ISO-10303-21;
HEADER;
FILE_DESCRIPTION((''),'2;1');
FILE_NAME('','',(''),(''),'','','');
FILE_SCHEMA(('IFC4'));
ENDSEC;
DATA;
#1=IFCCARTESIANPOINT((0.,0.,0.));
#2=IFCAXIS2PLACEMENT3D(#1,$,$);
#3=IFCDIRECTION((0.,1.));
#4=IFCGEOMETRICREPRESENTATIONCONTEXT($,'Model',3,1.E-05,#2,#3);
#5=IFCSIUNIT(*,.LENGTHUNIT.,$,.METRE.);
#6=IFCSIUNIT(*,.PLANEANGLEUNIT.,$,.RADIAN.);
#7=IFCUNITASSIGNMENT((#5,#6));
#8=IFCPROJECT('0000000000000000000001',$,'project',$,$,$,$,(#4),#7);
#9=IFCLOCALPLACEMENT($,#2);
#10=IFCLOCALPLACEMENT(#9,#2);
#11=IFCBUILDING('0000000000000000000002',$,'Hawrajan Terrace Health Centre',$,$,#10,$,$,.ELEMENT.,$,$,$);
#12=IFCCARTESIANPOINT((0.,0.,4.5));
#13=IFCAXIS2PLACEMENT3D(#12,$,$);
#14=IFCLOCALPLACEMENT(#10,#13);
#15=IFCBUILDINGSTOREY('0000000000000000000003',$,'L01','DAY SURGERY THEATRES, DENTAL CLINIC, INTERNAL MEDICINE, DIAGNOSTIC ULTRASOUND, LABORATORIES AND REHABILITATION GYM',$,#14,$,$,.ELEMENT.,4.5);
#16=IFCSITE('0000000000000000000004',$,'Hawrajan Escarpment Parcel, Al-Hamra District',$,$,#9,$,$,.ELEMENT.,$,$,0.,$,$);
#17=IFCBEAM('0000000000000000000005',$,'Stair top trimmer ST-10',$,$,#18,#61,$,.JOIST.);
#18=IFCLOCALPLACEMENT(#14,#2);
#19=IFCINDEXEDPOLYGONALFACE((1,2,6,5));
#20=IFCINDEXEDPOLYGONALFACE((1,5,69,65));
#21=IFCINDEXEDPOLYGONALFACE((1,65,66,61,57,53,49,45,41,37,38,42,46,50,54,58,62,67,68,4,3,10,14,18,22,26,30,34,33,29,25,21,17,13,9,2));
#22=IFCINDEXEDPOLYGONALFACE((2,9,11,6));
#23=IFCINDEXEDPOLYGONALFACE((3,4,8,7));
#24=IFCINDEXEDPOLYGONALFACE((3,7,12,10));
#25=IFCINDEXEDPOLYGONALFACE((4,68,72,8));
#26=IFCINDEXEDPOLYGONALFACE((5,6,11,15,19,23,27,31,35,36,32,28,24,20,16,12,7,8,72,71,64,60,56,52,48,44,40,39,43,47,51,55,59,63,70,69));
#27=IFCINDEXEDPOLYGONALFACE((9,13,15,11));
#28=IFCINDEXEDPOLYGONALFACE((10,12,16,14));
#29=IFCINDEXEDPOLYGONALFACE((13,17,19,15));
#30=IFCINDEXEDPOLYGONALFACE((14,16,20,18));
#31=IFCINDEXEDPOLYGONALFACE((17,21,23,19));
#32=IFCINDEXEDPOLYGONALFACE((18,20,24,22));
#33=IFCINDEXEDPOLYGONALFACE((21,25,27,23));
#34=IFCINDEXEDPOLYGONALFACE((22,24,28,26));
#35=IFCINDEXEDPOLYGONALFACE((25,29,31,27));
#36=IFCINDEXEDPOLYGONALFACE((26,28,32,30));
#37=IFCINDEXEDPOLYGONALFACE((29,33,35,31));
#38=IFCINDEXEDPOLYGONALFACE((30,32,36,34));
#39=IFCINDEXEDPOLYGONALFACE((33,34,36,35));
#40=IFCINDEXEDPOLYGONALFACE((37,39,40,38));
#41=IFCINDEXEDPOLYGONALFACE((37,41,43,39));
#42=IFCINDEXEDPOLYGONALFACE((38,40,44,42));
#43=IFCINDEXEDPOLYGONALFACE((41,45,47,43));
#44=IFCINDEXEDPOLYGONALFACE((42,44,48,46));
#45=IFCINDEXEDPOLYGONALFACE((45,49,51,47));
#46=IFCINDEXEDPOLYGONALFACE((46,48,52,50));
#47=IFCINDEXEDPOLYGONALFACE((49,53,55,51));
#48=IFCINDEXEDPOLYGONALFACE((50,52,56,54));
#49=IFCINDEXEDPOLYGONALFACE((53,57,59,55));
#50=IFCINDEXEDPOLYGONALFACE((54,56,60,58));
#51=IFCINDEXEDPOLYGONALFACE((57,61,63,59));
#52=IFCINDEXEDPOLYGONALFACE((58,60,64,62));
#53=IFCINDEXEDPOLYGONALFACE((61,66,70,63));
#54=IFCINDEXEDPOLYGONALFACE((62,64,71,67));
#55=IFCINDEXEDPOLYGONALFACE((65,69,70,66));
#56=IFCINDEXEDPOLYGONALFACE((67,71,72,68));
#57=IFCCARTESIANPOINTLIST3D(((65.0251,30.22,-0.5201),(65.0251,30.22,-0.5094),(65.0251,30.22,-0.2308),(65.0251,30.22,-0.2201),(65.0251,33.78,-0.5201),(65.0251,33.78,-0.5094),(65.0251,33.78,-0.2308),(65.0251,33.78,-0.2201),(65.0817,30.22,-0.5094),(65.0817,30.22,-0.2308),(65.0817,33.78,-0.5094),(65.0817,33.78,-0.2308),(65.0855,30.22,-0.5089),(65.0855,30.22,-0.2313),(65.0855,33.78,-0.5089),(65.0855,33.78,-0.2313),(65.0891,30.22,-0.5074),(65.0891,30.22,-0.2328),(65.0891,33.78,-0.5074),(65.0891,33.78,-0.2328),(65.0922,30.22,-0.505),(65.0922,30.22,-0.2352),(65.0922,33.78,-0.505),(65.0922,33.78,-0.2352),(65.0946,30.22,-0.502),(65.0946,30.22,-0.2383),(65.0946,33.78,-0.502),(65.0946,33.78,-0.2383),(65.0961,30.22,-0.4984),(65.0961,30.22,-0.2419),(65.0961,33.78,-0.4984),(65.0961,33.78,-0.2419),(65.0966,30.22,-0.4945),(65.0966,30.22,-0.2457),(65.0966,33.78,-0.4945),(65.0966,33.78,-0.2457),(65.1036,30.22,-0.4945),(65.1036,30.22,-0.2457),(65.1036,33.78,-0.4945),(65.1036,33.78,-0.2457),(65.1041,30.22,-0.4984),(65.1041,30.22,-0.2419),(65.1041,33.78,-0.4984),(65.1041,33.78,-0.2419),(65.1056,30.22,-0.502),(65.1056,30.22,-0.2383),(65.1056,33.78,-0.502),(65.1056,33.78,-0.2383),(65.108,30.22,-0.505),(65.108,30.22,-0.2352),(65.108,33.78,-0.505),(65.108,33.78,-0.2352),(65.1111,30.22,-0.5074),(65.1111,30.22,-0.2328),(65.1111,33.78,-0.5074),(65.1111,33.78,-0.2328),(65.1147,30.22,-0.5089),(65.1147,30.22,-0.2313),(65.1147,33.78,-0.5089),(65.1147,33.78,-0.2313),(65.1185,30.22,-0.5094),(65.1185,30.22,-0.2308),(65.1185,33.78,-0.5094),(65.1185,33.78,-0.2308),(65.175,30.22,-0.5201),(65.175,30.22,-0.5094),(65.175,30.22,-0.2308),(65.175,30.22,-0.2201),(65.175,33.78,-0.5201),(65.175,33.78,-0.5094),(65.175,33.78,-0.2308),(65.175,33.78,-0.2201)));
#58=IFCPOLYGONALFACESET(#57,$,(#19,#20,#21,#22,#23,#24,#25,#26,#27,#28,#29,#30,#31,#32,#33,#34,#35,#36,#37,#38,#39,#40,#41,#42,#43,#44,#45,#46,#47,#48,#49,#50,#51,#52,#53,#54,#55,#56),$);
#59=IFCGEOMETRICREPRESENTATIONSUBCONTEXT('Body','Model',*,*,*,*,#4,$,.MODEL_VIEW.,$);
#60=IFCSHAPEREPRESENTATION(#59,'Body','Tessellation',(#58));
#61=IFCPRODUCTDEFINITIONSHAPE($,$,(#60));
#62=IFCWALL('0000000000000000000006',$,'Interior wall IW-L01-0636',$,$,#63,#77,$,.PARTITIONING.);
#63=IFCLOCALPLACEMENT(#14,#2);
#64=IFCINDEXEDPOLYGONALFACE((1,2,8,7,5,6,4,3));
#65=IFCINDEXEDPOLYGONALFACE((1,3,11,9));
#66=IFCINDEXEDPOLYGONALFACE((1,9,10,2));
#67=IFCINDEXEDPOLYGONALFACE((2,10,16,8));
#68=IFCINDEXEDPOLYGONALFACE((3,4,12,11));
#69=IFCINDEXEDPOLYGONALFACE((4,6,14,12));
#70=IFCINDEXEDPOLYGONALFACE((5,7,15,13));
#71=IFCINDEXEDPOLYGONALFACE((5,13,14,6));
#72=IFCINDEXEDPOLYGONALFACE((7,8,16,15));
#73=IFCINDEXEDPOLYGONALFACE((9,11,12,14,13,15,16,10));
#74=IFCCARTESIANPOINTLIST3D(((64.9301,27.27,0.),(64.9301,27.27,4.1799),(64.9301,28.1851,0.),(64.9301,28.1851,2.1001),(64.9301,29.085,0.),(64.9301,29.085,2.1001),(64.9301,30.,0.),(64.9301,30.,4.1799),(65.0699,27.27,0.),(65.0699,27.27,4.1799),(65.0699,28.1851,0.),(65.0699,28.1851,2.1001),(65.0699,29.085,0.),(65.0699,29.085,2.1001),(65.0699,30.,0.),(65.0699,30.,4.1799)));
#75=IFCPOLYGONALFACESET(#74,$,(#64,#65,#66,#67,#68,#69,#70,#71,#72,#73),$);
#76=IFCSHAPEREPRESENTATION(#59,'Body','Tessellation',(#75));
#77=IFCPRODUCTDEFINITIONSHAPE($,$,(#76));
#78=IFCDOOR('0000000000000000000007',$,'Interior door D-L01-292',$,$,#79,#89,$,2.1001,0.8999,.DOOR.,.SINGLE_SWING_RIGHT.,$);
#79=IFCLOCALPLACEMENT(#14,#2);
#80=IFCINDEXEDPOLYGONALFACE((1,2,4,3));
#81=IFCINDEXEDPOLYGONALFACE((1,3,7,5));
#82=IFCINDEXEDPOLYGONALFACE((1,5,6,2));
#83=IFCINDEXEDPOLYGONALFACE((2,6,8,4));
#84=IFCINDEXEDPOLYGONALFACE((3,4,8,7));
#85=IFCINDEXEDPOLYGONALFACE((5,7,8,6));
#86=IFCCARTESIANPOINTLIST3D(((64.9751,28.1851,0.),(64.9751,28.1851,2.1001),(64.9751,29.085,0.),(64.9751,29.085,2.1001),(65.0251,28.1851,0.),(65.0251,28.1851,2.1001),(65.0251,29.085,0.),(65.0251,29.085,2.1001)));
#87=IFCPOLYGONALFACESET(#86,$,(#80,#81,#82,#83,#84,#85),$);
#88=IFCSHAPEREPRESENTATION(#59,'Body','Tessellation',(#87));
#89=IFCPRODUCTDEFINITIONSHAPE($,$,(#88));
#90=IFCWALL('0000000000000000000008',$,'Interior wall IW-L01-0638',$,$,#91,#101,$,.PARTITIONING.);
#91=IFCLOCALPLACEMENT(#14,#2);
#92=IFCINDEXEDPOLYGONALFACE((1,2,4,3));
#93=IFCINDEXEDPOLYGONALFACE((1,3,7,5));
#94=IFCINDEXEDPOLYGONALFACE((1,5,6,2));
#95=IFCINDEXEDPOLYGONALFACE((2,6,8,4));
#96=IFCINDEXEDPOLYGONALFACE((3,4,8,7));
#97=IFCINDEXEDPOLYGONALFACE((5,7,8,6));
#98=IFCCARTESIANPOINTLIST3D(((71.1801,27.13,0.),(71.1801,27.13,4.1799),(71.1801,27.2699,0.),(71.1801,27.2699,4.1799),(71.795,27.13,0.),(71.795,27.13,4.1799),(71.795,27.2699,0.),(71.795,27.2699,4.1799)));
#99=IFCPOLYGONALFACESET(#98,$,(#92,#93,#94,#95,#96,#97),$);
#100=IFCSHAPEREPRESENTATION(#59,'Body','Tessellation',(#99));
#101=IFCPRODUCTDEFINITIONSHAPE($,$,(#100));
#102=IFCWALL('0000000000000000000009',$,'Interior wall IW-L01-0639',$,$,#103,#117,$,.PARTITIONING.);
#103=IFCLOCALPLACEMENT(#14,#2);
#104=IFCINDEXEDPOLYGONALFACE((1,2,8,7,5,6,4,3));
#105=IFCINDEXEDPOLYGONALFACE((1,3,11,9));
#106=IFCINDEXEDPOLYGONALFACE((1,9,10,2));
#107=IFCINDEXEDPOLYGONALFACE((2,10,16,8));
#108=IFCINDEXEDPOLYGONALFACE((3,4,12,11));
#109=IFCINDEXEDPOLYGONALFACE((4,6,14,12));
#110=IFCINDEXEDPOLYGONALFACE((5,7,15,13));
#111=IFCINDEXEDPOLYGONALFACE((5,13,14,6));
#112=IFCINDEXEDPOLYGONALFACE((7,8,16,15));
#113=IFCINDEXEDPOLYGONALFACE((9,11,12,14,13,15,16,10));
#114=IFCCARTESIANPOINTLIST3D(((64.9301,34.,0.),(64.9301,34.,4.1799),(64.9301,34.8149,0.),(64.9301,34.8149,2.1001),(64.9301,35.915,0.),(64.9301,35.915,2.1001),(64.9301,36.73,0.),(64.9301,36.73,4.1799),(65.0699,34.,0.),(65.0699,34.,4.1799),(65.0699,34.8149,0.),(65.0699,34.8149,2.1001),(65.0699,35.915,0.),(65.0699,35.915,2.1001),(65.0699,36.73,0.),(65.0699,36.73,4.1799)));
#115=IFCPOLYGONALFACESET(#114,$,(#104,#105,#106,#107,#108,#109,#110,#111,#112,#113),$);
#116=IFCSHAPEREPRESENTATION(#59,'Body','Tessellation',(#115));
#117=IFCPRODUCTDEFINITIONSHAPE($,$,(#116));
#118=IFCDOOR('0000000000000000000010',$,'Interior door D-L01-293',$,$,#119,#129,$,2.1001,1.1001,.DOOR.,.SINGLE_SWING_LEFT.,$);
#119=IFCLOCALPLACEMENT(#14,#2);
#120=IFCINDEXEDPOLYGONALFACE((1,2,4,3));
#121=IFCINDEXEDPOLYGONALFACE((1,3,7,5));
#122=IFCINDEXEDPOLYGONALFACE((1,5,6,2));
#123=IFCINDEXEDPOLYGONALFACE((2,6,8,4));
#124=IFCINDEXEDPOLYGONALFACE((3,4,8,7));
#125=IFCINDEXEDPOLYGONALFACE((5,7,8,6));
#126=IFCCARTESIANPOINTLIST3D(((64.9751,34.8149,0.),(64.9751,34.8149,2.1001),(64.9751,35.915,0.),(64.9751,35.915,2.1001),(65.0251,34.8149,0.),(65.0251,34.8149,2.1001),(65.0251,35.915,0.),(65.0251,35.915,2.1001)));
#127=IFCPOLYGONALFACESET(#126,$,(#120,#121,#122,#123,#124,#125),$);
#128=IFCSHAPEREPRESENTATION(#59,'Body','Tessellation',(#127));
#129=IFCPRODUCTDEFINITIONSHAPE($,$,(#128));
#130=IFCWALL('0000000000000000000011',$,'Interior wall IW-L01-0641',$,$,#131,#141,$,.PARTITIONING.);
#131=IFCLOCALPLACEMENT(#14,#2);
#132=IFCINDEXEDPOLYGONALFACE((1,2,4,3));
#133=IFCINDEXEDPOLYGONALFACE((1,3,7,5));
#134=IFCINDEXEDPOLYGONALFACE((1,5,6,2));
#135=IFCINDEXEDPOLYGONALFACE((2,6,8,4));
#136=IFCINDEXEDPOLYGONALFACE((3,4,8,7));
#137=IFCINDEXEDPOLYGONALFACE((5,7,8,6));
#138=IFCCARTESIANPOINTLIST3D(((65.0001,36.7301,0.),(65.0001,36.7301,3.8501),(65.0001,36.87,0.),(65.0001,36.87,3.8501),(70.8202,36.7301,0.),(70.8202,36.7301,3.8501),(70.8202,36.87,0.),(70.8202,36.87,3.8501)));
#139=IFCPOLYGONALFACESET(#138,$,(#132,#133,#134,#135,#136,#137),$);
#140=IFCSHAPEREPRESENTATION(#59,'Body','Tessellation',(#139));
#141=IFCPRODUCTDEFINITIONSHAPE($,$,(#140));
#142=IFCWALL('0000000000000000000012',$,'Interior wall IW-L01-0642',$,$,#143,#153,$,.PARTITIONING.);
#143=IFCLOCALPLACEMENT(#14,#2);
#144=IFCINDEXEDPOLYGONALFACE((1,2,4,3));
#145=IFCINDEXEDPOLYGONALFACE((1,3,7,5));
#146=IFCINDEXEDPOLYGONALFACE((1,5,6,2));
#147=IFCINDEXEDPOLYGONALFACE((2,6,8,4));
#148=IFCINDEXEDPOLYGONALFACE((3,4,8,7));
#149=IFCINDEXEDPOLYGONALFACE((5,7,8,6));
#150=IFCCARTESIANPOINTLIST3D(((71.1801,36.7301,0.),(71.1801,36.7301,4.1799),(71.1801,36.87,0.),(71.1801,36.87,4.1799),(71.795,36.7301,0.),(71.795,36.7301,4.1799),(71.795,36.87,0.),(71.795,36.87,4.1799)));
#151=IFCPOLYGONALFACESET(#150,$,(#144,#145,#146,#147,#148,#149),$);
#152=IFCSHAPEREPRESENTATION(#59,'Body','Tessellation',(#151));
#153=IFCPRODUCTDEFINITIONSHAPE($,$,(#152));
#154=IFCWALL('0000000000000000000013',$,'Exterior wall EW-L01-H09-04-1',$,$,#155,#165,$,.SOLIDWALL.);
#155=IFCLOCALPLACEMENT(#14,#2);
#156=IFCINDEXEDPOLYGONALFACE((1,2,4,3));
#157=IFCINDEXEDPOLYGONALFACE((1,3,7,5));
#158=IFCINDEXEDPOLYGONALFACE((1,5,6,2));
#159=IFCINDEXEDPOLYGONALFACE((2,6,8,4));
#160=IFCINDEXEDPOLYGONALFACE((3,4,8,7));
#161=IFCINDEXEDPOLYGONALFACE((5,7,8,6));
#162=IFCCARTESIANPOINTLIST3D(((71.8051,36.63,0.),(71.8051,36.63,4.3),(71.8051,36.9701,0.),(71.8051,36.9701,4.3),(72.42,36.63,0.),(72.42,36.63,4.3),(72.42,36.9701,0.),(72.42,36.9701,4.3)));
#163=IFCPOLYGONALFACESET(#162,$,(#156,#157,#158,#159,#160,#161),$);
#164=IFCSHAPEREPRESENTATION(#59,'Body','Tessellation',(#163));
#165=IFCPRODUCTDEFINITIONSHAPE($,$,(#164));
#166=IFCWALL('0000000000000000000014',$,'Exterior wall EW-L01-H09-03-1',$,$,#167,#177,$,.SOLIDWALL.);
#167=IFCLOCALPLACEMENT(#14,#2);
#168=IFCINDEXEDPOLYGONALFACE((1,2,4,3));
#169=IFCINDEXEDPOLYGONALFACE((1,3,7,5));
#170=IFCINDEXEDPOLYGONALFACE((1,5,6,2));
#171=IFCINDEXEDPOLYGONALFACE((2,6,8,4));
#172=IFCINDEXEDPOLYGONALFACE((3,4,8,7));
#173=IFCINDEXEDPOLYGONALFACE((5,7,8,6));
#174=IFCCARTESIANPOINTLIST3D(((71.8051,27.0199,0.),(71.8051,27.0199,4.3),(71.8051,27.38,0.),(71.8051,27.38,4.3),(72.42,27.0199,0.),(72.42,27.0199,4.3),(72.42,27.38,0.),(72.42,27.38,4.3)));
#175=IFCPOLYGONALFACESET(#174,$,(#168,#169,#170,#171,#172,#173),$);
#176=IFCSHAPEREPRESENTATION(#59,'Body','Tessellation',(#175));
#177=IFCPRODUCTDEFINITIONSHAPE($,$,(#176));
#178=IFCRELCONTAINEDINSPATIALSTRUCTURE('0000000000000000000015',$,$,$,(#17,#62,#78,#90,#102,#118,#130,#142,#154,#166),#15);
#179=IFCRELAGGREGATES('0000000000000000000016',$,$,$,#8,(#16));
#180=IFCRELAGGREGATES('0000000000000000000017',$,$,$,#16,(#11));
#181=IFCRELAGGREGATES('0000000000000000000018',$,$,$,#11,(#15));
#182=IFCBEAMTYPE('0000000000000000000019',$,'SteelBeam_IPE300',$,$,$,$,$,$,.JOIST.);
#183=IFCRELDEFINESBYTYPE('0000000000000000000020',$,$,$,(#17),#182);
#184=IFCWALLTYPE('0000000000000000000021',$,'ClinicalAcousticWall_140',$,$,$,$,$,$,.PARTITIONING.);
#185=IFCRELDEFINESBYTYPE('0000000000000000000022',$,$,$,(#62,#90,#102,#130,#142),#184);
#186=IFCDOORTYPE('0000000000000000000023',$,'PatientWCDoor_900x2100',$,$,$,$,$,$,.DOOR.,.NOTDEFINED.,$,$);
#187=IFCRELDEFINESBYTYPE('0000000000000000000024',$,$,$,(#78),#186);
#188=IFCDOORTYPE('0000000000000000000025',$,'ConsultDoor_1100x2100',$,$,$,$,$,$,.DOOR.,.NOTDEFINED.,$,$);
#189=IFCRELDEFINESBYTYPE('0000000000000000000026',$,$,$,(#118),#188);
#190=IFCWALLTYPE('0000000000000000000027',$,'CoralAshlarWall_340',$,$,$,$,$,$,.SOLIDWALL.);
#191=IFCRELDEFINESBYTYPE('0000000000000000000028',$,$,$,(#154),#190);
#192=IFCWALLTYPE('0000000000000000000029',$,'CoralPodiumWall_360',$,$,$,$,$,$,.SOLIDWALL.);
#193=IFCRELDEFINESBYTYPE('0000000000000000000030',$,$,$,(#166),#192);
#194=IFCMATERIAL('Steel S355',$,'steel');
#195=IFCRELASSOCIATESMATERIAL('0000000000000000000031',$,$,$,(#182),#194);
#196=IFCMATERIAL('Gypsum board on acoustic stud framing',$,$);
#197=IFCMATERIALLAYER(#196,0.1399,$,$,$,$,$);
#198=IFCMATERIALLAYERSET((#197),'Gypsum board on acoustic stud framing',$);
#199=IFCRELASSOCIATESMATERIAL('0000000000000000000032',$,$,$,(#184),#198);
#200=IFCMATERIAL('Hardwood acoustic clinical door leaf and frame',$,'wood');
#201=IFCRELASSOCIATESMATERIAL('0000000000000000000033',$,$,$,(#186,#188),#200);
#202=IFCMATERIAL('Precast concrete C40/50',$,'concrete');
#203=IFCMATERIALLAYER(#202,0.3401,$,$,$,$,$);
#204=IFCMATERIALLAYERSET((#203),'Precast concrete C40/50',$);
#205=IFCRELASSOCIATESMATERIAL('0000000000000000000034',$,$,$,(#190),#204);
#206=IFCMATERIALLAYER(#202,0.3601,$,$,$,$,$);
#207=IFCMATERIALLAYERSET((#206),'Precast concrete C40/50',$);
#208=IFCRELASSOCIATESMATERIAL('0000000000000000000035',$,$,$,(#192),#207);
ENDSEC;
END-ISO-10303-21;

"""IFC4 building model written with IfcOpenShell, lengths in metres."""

from ifc_helpers import new_model, si_unit, direction, frame, frame_2d, origin, origin_2d, place, context, subcontext, project, spatial, rectangle, i_section, extrude, material, layer, layer_set, material_profile, profile_set, type_object, element, fill, save


model = new_model("IFC4")

# Units and contexts
model_context = context("Model", 3, precision=1e-05, world=origin(), true_north=direction((0.0, 1.0)))
body_context = subcontext(model_context, "Body", "Model", "MODEL_VIEW")
ifc_project = project(units=[si_unit("LENGTHUNIT", "METRE"), si_unit("PLANEANGLEUNIT", "RADIAN")], contexts=[model_context])

# Site, building, storey
site_placement = place(None, origin())
site = spatial("IfcSite", under=ifc_project, at=site_placement, Name="Hawrajan Escarpment Parcel, Al-Hamra District", CompositionType="ELEMENT", RefElevation=0.0)
building_placement = place(site_placement, origin())
building = spatial("IfcBuilding", under=site, at=building_placement, Name="Hawrajan Terrace Health Centre", CompositionType="ELEMENT")
storey_placement = place(building_placement, frame((0.0, 0.0, 4.5)))
storey = spatial("IfcBuildingStorey", under=building, at=storey_placement, Name="L01", Description="DAY SURGERY THEATRES, DENTAL CLINIC, INTERNAL MEDICINE, DIAGNOSTIC ULTRASOUND, LABORATORIES AND REHABILITATION GYM", CompositionType="ELEMENT", Elevation=4.5)

# Beam
ifc_material_1 = material(Name="Steel S355", Category="steel")
ifc_material_profile_1 = material_profile(ifc_material_1, i_section(OverallWidth=0.1499, OverallDepth=0.3, WebThickness=0.0071, FlangeThickness=0.0107, FilletRadius=0.0149, at=origin_2d()), Name="IPE 300")
ifc_profile_set_1 = profile_set([ifc_material_profile_1], Name="Steel S355")
beam_type_1 = type_object("IfcBeamType", Name="SteelBeam_IPE300", PredefinedType="JOIST", material=ifc_profile_set_1)
beam_1_placement = place(storey_placement, frame((65.1001, 30.22, -0.3701), z_axis=(0.0, 1.0, 0.0), x_axis=(-1.0, 0.0, 0.0)))
element("IfcBeam", 1, at=beam_1_placement, inside=storey, type_object=beam_type_1, Name="Stair top trimmer ST-10", PredefinedType="JOIST", context=body_context, shape_type="SweptSolid", body=[
    extrude(i_section(OverallWidth=0.1499, OverallDepth=0.3, WebThickness=0.0071, FlangeThickness=0.0107, FilletRadius=0.0149, at=origin_2d()), origin(), (0.0, 0.0, 1.0), 3.5601),
])

# Wall, opening, door
ifc_material_2 = material(Name="Gypsum board on acoustic stud framing")
ifc_layer_1 = layer(ifc_material_2, 0.1399)
ifc_layer_set_1 = layer_set([ifc_layer_1], Name="Gypsum board on acoustic stud framing")
wall_type_1 = type_object("IfcWallType", Name="ClinicalAcousticWall_140", PredefinedType="PARTITIONING", material=ifc_layer_set_1)
wall_1_placement = place(storey_placement, frame((65.0, 27.27, 0.0), z_axis=(0.0, 0.0, 1.0), x_axis=(0.0, 1.0, 0.0)))
wall_1 = element("IfcWall", 2, at=wall_1_placement, inside=storey, type_object=wall_type_1, Name="Interior wall IW-L01-0636", PredefinedType="PARTITIONING", context=body_context, shape_type="SweptSolid", body=[
    extrude(rectangle(XDim=2.73, YDim=0.1399, at=frame_2d((1.365, 0.0))), origin(), (0.0, 0.0, 1.0), 4.1799),
])
opening_1_placement = place(wall_1_placement, frame((0.915, 0.0, 0.0)))
opening_1 = element("IfcOpeningElement", 3, at=opening_1_placement, cuts=wall_1, PredefinedType="OPENING", context=body_context, shape_type="SweptSolid", body=[
    extrude(rectangle(XDim=0.8999, YDim=2.1001, at=frame_2d((0.45, 1.05))), frame((0.0, 0.0798, 0.0), z_axis=(0.0, -1.0, 0.0), x_axis=(1.0, 0.0, 0.0)), (0.0, 0.0, 1.0), 0.1599),
])
ifc_material_3 = material(Name="Hardwood acoustic clinical door leaf and frame", Category="wood")
door_type_1 = type_object("IfcDoorType", Name="PatientWCDoor_900x2100", OperationType="NOTDEFINED", PredefinedType="DOOR", material=ifc_material_3)
door_1_placement = place(opening_1_placement, origin())
door_1 = element("IfcDoor", 4, at=door_1_placement, inside=storey, type_object=door_type_1, Name="Interior door D-L01-292", OperationType="SINGLE_SWING_RIGHT", OverallHeight=2.1001, OverallWidth=0.8999, PredefinedType="DOOR", context=body_context, shape_type="SweptSolid", body=[
    extrude(rectangle(XDim=0.8999, YDim=2.1001, at=frame_2d((0.45, 1.05))), frame((0.0, 0.0249, 0.0), z_axis=(0.0, -1.0, 0.0), x_axis=(1.0, 0.0, 0.0)), (0.0, 0.0, 1.0), 0.05),
])
fill(opening_1, door_1)

# Wall
wall_2_placement = place(storey_placement, frame((71.1799, 27.2, 0.0), z_axis=(0.0, 0.0, 1.0), x_axis=(1.0, 0.0, 0.0)))
element("IfcWall", 5, at=wall_2_placement, inside=storey, type_object=wall_type_1, Name="Interior wall IW-L01-0638", PredefinedType="PARTITIONING", context=body_context, shape_type="SweptSolid", body=[
    extrude(rectangle(XDim=0.615, YDim=0.1399, at=frame_2d((0.3076, 0.0))), origin(), (0.0, 0.0, 1.0), 4.1799),
])

# Wall, opening, door
wall_3_placement = place(storey_placement, frame((65.0, 34.0, 0.0), z_axis=(0.0, 0.0, 1.0), x_axis=(0.0, 1.0, 0.0)))
wall_3 = element("IfcWall", 6, at=wall_3_placement, inside=storey, type_object=wall_type_1, Name="Interior wall IW-L01-0639", PredefinedType="PARTITIONING", context=body_context, shape_type="SweptSolid", body=[
    extrude(rectangle(XDim=2.73, YDim=0.1399, at=frame_2d((1.365, 0.0))), origin(), (0.0, 0.0, 1.0), 4.1799),
])
opening_2_placement = place(wall_3_placement, frame((0.8149, 0.0, 0.0)))
opening_2 = element("IfcOpeningElement", 7, at=opening_2_placement, cuts=wall_3, PredefinedType="OPENING", context=body_context, shape_type="SweptSolid", body=[
    extrude(rectangle(XDim=1.1001, YDim=2.1001, at=frame_2d((0.55, 1.05))), frame((0.0, 0.0798, 0.0), z_axis=(0.0, -1.0, 0.0), x_axis=(1.0, 0.0, 0.0)), (0.0, 0.0, 1.0), 0.1599),
])
door_type_2 = type_object("IfcDoorType", Name="ConsultDoor_1100x2100", OperationType="NOTDEFINED", PredefinedType="DOOR", material=ifc_material_3)
door_2_placement = place(opening_2_placement, origin())
door_2 = element("IfcDoor", 8, at=door_2_placement, inside=storey, type_object=door_type_2, Name="Interior door D-L01-293", OperationType="SINGLE_SWING_LEFT", OverallHeight=2.1001, OverallWidth=1.1001, PredefinedType="DOOR", context=body_context, shape_type="SweptSolid", body=[
    extrude(rectangle(XDim=1.1001, YDim=2.1001, at=frame_2d((0.55, 1.05))), frame((0.0, 0.0249, 0.0), z_axis=(0.0, -1.0, 0.0), x_axis=(1.0, 0.0, 0.0)), (0.0, 0.0, 1.0), 0.05),
])
fill(opening_2, door_2)

# Walls
wall_4_placement = place(storey_placement, frame((65.0, 36.8, 0.0), z_axis=(0.0, 0.0, 1.0), x_axis=(1.0, 0.0, 0.0)))
element("IfcWall", 9, at=wall_4_placement, inside=storey, type_object=wall_type_1, Name="Interior wall IW-L01-0641", PredefinedType="PARTITIONING", context=body_context, shape_type="SweptSolid", body=[
    extrude(rectangle(XDim=5.8201, YDim=0.1399, at=frame_2d((2.9102, 0.0))), origin(), (0.0, 0.0, 1.0), 3.8501),
])
wall_5_placement = place(storey_placement, frame((71.1799, 36.8, 0.0), z_axis=(0.0, 0.0, 1.0), x_axis=(1.0, 0.0, 0.0)))
element("IfcWall", 10, at=wall_5_placement, inside=storey, type_object=wall_type_1, Name="Interior wall IW-L01-0642", PredefinedType="PARTITIONING", context=body_context, shape_type="SweptSolid", body=[
    extrude(rectangle(XDim=0.615, YDim=0.1399, at=frame_2d((0.3076, 0.0))), origin(), (0.0, 0.0, 1.0), 4.1799),
])
ifc_material_4 = material(Name="Precast concrete C40/50", Category="concrete")
ifc_layer_2 = layer(ifc_material_4, 0.3401)
ifc_layer_set_2 = layer_set([ifc_layer_2], Name="Precast concrete C40/50")
wall_type_2 = type_object("IfcWallType", Name="CoralAshlarWall_340", PredefinedType="SOLIDWALL", material=ifc_layer_set_2)
wall_6_placement = place(storey_placement, frame((71.8049, 36.8, 0.0), z_axis=(0.0, 0.0, 1.0), x_axis=(1.0, 0.0, 0.0)))
element("IfcWall", 11, at=wall_6_placement, inside=storey, type_object=wall_type_2, Name="Exterior wall EW-L01-H09-04-1", PredefinedType="SOLIDWALL", context=body_context, shape_type="SweptSolid", body=[
    extrude(rectangle(XDim=0.615, YDim=0.3401, at=frame_2d((0.3076, 0.0))), origin(), (0.0, 0.0, 1.0), 4.3),
])
ifc_layer_3 = layer(ifc_material_4, 0.3601)
ifc_layer_set_3 = layer_set([ifc_layer_3], Name="Precast concrete C40/50")
wall_type_3 = type_object("IfcWallType", Name="CoralPodiumWall_360", PredefinedType="SOLIDWALL", material=ifc_layer_set_3)
wall_7_placement = place(storey_placement, frame((71.8049, 27.2, 0.0), z_axis=(0.0, 0.0, 1.0), x_axis=(1.0, 0.0, 0.0)))
element("IfcWall", 12, at=wall_7_placement, inside=storey, type_object=wall_type_3, Name="Exterior wall EW-L01-H09-03-1", PredefinedType="SOLIDWALL", context=body_context, shape_type="SweptSolid", body=[
    extrude(rectangle(XDim=0.615, YDim=0.3601, at=frame_2d((0.3076, 0.0))), origin(), (0.0, 0.0, 1.0), 4.3),
])

save(model, "model.ifc")
